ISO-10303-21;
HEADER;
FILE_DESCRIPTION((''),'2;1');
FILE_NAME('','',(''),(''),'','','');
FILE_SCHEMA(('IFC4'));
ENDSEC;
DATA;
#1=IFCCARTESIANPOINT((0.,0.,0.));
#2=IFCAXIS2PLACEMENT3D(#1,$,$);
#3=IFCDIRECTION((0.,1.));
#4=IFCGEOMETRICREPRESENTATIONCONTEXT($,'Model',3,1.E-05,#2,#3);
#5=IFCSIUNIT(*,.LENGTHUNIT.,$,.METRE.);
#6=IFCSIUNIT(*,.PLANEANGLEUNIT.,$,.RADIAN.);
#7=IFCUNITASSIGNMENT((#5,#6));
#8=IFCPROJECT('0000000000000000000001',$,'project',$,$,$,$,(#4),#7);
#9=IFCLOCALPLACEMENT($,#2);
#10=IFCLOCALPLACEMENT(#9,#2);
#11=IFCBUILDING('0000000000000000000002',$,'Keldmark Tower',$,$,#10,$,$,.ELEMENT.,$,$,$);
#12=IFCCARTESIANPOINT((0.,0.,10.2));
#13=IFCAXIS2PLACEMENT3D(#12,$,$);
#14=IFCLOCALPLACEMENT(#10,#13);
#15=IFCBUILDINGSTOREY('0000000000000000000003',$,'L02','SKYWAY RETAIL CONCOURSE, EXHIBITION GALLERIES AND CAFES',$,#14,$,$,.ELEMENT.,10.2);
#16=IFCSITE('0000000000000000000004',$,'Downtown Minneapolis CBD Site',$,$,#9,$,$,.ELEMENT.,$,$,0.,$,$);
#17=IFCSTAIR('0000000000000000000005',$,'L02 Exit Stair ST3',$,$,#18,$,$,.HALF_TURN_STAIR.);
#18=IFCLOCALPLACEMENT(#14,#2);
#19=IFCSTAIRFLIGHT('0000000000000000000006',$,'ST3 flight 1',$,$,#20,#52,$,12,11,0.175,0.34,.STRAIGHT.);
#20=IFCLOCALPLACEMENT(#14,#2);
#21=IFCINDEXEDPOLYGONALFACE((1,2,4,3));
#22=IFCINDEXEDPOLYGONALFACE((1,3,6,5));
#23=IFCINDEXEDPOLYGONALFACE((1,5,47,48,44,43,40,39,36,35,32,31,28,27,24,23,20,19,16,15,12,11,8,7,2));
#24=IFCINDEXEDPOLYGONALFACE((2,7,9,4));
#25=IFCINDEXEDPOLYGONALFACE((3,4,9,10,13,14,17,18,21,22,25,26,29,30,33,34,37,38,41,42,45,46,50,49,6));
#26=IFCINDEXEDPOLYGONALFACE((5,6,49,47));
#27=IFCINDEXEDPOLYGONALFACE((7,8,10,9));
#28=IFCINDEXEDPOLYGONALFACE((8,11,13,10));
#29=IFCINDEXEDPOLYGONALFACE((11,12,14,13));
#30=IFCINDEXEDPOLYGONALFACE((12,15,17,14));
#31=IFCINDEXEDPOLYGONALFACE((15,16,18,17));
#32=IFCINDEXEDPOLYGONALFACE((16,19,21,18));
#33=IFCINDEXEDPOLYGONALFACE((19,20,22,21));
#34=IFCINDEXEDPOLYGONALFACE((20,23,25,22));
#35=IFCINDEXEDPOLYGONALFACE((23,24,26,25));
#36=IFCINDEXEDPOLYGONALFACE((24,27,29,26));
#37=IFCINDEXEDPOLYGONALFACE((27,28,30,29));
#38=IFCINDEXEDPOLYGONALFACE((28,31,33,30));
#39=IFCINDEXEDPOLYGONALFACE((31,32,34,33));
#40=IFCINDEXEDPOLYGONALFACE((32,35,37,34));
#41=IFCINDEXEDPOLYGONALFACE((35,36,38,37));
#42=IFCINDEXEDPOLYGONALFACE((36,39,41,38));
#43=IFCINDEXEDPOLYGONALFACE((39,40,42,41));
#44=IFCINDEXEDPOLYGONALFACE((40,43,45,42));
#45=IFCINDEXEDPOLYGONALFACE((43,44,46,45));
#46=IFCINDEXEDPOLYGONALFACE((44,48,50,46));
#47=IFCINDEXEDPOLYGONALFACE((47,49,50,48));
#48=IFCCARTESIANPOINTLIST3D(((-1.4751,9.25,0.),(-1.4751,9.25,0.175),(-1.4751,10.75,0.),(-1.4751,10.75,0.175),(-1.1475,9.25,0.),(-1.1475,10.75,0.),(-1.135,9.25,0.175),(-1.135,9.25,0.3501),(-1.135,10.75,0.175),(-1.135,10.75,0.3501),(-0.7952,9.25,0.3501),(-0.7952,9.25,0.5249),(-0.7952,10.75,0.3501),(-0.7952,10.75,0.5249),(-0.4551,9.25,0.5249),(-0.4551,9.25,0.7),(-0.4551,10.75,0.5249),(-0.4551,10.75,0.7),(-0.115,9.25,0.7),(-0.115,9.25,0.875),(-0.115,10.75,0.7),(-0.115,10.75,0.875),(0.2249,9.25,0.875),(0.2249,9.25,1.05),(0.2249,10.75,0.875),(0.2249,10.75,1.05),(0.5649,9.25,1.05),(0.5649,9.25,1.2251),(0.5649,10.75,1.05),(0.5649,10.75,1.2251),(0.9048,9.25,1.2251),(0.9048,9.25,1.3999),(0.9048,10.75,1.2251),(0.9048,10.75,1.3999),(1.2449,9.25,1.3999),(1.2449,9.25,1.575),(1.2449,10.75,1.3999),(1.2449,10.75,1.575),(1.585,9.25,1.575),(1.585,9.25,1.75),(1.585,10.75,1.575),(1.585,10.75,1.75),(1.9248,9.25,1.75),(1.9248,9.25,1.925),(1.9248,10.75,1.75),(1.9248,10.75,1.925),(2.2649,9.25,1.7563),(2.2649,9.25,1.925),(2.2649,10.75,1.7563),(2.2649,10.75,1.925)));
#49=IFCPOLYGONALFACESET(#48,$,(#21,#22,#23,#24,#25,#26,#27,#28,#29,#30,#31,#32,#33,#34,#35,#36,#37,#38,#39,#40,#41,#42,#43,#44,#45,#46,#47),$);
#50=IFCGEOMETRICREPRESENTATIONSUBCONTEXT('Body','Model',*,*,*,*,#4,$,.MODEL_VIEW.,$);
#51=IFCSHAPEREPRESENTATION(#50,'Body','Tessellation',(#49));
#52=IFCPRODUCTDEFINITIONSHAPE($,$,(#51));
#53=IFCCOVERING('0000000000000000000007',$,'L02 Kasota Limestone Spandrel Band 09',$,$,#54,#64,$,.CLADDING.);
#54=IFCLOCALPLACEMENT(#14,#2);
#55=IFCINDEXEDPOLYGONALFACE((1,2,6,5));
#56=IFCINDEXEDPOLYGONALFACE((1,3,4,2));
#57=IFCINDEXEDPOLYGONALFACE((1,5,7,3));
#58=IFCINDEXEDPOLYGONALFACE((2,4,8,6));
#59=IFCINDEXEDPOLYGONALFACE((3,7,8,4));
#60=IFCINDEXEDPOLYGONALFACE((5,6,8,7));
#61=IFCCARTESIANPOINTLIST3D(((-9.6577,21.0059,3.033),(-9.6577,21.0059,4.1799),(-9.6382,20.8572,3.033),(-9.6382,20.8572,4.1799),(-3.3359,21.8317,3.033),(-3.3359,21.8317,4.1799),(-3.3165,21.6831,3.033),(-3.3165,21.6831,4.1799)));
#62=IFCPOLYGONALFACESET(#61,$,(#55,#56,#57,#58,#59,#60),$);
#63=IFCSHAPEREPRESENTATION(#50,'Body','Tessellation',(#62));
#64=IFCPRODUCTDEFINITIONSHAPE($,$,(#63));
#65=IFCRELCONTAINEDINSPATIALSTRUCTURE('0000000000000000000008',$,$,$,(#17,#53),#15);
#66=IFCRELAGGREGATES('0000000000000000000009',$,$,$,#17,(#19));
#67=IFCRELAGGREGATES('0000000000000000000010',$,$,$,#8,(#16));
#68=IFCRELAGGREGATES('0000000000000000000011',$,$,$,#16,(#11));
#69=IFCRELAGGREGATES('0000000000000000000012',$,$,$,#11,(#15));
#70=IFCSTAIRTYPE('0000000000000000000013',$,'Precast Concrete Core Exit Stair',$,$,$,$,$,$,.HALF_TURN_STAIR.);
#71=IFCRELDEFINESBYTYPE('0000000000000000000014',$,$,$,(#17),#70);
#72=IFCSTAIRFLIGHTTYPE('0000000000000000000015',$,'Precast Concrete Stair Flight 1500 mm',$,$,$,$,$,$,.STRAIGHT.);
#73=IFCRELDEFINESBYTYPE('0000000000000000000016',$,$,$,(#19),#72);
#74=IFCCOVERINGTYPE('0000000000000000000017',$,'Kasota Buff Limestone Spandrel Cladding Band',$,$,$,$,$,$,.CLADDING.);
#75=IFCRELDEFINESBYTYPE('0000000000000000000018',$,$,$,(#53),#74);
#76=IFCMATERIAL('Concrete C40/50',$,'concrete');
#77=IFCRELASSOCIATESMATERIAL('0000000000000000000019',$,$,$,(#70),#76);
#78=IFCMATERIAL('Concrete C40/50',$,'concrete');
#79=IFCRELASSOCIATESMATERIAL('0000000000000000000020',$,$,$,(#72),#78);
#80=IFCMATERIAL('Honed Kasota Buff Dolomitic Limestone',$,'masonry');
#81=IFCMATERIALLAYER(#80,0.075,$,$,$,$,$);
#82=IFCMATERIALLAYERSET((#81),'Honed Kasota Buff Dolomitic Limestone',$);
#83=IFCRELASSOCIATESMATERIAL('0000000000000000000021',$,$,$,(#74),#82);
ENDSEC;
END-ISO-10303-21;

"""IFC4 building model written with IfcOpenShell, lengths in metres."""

from ifc_helpers import new_model, si_unit, direction, frame, origin, origin_2d, place, context, subcontext, project, spatial, polyline, rectangle, outline, extrude, material, layer, layer_set, type_object, element, aggregate, save


model = new_model("IFC4")

# Units and contexts
model_context = context("Model", 3, precision=1e-05, world=origin(), true_north=direction((0.0, 1.0)))
body_context = subcontext(model_context, "Body", "Model", "MODEL_VIEW")
ifc_project = project(units=[si_unit("LENGTHUNIT", "METRE"), si_unit("PLANEANGLEUNIT", "RADIAN")], contexts=[model_context])

# Site, building, storey
site_placement = place(None, origin())
site = spatial("IfcSite", under=ifc_project, at=site_placement, Name="Downtown Minneapolis CBD Site", CompositionType="ELEMENT", RefElevation=0.0)
building_placement = place(site_placement, origin())
building = spatial("IfcBuilding", under=site, at=building_placement, Name="Keldmark Tower", CompositionType="ELEMENT")
storey_placement = place(building_placement, frame((0.0, 0.0, 10.2)))
storey = spatial("IfcBuildingStorey", under=building, at=storey_placement, Name="L02", Description="SKYWAY RETAIL CONCOURSE, EXHIBITION GALLERIES AND CAFES", CompositionType="ELEMENT", Elevation=10.2)

# Stair, stair flight
ifc_material_1 = material(Name="Concrete C40/50", Category="concrete")
stair_type = type_object("IfcStairType", Name="Precast Concrete Core Exit Stair", PredefinedType="HALF_TURN_STAIR", material=ifc_material_1)
stair_placement = place(storey_placement, origin())
stair = element("IfcStair", 1, at=stair_placement, inside=storey, type_object=stair_type, Name="L02 Exit Stair ST3", PredefinedType="HALF_TURN_STAIR")
ifc_material_2 = material(Name="Concrete C40/50", Category="concrete")
stair_flight_type = type_object("IfcStairFlightType", Name="Precast Concrete Stair Flight 1500 mm", PredefinedType="STRAIGHT", material=ifc_material_2)
stair_flight_placement = place(storey_placement, frame((-1.4751, 10.0, 0.0), z_axis=(0.0, 0.0, 1.0), x_axis=(1.0, 0.0, 0.0)))
stair_flight = element("IfcStairFlight", 2, at=stair_flight_placement, type_object=stair_flight_type, Name="ST3 flight 1", NumberOfRisers=12, NumberOfTreads=11, PredefinedType="STRAIGHT", RiserHeight=0.175, TreadLength=0.34, context=body_context, shape_type="SweptSolid", body=[
    extrude(outline(polyline([(0.0, 0.0), (0.0, 0.175), (0.3401, 0.175), (0.3401, 0.3501), (0.6799, 0.3501), (0.6799, 0.5249), (1.02, 0.5249), (1.02, 0.7), (1.3601, 0.7), (1.3601, 0.875), (1.7, 0.875), (1.7, 1.05), (2.04, 1.05), (2.04, 1.2251), (2.3799, 1.2251), (2.3799, 1.3999), (2.72, 1.3999), (2.72, 1.575), (3.0601, 1.575), (3.0601, 1.75), (3.3999, 1.75), (3.3999, 1.925), (3.74, 1.925), (3.74, 2.1001), (3.74, 1.7563), (0.3276, 0.0), (0.0, 0.0)])), frame((0.0, 0.75, 0.0), z_axis=(0.0, -1.0, 0.0), x_axis=(1.0, 0.0, 0.0)), (0.0, 0.0, 1.0), 1.5),
])
aggregate(stair, [stair_flight])

# Covering
ifc_material_3 = material(Name="Honed Kasota Buff Dolomitic Limestone", Category="masonry")
ifc_layer_1 = layer(ifc_material_3, 0.075)
ifc_layer_set_1 = layer_set([ifc_layer_1], Name="Honed Kasota Buff Dolomitic Limestone")
covering_type = type_object("IfcCoveringType", Name="Kasota Buff Limestone Spandrel Cladding Band", PredefinedType="CLADDING", material=ifc_layer_set_1)
covering_placement = place(storey_placement, frame((-6.4871, 21.3445, 3.033), z_axis=(0.0, 0.0, 1.0), x_axis=(-0.991574, -0.12954, 0.0)))
element("IfcCovering", 3, at=covering_placement, inside=storey, type_object=covering_type, Name="L02 Kasota Limestone Spandrel Band 09", PredefinedType="CLADDING", context=body_context, shape_type="SweptSolid", body=[
    extrude(rectangle(XDim=6.3755, YDim=0.1499, at=origin_2d()), origin(), (0.0, 0.0, 1.0), 1.147),
])

save(model, "model.ifc")
